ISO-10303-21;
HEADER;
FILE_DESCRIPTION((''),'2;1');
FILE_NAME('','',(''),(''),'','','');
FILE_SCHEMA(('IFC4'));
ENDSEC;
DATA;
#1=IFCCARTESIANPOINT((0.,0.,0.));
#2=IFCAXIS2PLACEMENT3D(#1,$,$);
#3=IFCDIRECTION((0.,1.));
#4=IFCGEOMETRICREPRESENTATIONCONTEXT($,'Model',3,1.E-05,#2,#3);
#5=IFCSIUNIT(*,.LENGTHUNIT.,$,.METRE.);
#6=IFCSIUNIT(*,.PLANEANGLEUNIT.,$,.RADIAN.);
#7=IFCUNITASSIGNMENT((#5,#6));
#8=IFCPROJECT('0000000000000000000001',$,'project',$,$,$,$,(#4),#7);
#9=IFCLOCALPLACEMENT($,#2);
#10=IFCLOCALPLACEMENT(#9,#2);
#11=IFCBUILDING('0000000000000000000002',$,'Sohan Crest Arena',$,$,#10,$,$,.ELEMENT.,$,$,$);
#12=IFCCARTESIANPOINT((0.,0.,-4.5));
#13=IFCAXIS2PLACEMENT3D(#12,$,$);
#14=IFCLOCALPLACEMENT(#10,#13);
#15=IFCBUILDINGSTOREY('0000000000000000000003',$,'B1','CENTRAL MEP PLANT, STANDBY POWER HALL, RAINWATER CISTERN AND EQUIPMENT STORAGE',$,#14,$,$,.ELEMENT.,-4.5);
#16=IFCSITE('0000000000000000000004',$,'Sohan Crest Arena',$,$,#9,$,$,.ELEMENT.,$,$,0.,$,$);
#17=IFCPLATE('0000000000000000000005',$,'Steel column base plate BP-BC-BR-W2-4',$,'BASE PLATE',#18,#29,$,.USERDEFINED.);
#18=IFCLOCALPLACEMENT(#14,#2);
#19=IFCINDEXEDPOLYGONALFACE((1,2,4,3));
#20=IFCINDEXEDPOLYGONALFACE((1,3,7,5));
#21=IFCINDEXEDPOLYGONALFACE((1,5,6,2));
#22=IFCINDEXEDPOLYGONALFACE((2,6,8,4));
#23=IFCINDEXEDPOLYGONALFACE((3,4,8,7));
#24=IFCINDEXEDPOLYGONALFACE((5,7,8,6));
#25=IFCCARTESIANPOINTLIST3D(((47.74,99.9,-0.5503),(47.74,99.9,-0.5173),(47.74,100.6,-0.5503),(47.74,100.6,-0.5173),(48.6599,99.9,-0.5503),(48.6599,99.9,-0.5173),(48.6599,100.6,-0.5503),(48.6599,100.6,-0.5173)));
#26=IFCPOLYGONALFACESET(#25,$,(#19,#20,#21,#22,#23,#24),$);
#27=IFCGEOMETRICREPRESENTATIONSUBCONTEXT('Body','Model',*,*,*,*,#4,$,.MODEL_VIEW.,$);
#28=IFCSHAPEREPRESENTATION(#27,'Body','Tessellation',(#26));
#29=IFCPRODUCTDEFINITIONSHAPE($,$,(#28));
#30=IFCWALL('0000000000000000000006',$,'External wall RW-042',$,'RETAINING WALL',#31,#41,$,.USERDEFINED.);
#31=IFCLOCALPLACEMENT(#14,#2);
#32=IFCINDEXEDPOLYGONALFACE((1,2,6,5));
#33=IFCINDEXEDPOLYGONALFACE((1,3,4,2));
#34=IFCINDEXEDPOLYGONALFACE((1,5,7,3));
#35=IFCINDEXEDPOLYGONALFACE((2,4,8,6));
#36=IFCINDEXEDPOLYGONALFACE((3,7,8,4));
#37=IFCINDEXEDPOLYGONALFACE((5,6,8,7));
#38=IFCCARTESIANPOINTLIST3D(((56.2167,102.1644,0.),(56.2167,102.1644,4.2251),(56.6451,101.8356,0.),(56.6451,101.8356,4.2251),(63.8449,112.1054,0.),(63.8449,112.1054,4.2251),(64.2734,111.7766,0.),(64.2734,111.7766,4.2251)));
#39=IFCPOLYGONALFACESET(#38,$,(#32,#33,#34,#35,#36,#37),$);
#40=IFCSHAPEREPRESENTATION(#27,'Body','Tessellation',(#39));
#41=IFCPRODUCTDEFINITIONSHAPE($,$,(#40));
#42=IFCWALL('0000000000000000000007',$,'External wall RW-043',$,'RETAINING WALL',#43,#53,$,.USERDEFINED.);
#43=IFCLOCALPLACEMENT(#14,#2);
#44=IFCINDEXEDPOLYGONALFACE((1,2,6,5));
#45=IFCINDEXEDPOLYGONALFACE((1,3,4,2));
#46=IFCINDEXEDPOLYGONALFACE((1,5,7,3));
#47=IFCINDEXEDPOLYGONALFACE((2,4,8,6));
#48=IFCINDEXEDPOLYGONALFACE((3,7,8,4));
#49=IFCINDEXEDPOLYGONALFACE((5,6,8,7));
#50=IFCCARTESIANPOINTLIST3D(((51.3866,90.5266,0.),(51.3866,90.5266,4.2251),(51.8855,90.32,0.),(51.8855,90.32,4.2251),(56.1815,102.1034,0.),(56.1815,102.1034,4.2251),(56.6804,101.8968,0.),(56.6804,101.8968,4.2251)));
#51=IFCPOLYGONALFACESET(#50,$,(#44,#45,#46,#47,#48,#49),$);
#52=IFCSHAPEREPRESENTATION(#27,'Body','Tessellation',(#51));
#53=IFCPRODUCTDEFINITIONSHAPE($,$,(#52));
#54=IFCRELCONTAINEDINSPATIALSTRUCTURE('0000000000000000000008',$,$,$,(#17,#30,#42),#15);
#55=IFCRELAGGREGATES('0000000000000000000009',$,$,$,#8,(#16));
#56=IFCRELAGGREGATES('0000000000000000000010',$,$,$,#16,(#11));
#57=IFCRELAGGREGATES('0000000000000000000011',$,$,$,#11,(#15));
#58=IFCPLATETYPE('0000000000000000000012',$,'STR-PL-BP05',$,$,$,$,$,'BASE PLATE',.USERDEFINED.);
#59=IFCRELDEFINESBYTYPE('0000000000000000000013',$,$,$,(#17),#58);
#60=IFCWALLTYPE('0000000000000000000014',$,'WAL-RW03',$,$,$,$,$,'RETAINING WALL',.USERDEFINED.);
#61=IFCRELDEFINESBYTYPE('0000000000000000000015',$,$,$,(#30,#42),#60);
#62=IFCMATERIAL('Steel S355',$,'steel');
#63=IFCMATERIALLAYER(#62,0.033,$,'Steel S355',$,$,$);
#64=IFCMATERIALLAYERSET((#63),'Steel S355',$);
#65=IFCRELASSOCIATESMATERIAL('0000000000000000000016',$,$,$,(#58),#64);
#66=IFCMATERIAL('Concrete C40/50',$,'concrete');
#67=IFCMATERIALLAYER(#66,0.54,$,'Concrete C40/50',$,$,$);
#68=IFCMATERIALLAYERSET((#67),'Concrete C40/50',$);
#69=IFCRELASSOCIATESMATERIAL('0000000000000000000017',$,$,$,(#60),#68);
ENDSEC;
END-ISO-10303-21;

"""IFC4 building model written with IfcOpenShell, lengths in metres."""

from ifc_helpers import new_model, si_unit, direction, frame, frame_2d, origin, origin_2d, place, context, subcontext, project, spatial, rectangle, extrude, material, layer, layer_set, type_object, element, save


model = new_model("IFC4")

# Units and contexts
model_context = context("Model", 3, precision=1e-05, world=origin(), true_north=direction((0.0, 1.0)))
body_context = subcontext(model_context, "Body", "Model", "MODEL_VIEW")
ifc_project = project(units=[si_unit("LENGTHUNIT", "METRE"), si_unit("PLANEANGLEUNIT", "RADIAN")], contexts=[model_context])

# Site, building, storey
site_placement = place(None, origin())
site = spatial("IfcSite", under=ifc_project, at=site_placement, Name="Sohan Crest Arena", CompositionType="ELEMENT", RefElevation=0.0)
building_placement = place(site_placement, origin())
building = spatial("IfcBuilding", under=site, at=building_placement, Name="Sohan Crest Arena", CompositionType="ELEMENT")
storey_placement = place(building_placement, frame((0.0, 0.0, -4.5)))
storey = spatial("IfcBuildingStorey", under=building, at=storey_placement, Name="B1", Description="CENTRAL MEP PLANT, STANDBY POWER HALL, RAINWATER CISTERN AND EQUIPMENT STORAGE", CompositionType="ELEMENT", Elevation=-4.5)

# Shared definitions
ifc_material_1 = material(Name="Concrete C40/50", Category="concrete")

# Shared definitions
ifc_material_2 = material(Name="Steel S355", Category="steel")

# Plate
ifc_layer_1 = layer(ifc_material_2, 0.033, Name="Steel S355")
ifc_layer_set_1 = layer_set([ifc_layer_1], Name="Steel S355")
plate_type_1 = type_object("IfcPlateType", Name="STR-PL-BP05", ElementType="BASE PLATE", PredefinedType="USERDEFINED", material=ifc_layer_set_1)
plate_placement = place(storey_placement, frame((48.2, 100.25, -0.5503), z_axis=(0.0, 0.0, 1.0), x_axis=(1.0, 0.0, 0.0)))
element("IfcPlate", 1, at=plate_placement, inside=storey, type_object=plate_type_1, Name="Steel column base plate BP-BC-BR-W2-4", ObjectType="BASE PLATE", PredefinedType="USERDEFINED", context=body_context, shape_type="SweptSolid", body=[
    extrude(rectangle(XDim=0.9199, YDim=0.7, at=origin_2d()), origin(), (0.0, 0.0, 1.0), 0.033),
])

# Walls
ifc_layer_2 = layer(ifc_material_1, 0.54, Name="Concrete C40/50")
ifc_layer_set_2 = layer_set([ifc_layer_2], Name="Concrete C40/50")
wall_type = type_object("IfcWallType", Name="WAL-RW03", ElementType="RETAINING WALL", PredefinedType="USERDEFINED", material=ifc_layer_set_2)
for number, where, z_axis, x_axis, name in (
    (2, (64.0591, 111.9409, 0.0), (0.0, 0.0, 1.0), (-0.608773, -0.793344, 0.0), "External wall RW-042"),
    (3, (56.4309, 102.0, 0.0), (0.0, 0.0, 1.0), (-0.382657, -0.923891, 0.0), "External wall RW-043"),
):
    element("IfcWall", number, at=place(storey_placement, frame(where, z_axis=z_axis, x_axis=x_axis)), inside=storey, type_object=wall_type, Name=name, ObjectType="RETAINING WALL", PredefinedType="USERDEFINED", context=body_context, shape_type="SweptSolid", body=[
        extrude(rectangle(XDim=12.5305, YDim=0.54, at=frame_2d((6.2651, 0.0))), origin(), (0.0, 0.0, 1.0), 4.2251),
    ])

save(model, "model.ifc")
